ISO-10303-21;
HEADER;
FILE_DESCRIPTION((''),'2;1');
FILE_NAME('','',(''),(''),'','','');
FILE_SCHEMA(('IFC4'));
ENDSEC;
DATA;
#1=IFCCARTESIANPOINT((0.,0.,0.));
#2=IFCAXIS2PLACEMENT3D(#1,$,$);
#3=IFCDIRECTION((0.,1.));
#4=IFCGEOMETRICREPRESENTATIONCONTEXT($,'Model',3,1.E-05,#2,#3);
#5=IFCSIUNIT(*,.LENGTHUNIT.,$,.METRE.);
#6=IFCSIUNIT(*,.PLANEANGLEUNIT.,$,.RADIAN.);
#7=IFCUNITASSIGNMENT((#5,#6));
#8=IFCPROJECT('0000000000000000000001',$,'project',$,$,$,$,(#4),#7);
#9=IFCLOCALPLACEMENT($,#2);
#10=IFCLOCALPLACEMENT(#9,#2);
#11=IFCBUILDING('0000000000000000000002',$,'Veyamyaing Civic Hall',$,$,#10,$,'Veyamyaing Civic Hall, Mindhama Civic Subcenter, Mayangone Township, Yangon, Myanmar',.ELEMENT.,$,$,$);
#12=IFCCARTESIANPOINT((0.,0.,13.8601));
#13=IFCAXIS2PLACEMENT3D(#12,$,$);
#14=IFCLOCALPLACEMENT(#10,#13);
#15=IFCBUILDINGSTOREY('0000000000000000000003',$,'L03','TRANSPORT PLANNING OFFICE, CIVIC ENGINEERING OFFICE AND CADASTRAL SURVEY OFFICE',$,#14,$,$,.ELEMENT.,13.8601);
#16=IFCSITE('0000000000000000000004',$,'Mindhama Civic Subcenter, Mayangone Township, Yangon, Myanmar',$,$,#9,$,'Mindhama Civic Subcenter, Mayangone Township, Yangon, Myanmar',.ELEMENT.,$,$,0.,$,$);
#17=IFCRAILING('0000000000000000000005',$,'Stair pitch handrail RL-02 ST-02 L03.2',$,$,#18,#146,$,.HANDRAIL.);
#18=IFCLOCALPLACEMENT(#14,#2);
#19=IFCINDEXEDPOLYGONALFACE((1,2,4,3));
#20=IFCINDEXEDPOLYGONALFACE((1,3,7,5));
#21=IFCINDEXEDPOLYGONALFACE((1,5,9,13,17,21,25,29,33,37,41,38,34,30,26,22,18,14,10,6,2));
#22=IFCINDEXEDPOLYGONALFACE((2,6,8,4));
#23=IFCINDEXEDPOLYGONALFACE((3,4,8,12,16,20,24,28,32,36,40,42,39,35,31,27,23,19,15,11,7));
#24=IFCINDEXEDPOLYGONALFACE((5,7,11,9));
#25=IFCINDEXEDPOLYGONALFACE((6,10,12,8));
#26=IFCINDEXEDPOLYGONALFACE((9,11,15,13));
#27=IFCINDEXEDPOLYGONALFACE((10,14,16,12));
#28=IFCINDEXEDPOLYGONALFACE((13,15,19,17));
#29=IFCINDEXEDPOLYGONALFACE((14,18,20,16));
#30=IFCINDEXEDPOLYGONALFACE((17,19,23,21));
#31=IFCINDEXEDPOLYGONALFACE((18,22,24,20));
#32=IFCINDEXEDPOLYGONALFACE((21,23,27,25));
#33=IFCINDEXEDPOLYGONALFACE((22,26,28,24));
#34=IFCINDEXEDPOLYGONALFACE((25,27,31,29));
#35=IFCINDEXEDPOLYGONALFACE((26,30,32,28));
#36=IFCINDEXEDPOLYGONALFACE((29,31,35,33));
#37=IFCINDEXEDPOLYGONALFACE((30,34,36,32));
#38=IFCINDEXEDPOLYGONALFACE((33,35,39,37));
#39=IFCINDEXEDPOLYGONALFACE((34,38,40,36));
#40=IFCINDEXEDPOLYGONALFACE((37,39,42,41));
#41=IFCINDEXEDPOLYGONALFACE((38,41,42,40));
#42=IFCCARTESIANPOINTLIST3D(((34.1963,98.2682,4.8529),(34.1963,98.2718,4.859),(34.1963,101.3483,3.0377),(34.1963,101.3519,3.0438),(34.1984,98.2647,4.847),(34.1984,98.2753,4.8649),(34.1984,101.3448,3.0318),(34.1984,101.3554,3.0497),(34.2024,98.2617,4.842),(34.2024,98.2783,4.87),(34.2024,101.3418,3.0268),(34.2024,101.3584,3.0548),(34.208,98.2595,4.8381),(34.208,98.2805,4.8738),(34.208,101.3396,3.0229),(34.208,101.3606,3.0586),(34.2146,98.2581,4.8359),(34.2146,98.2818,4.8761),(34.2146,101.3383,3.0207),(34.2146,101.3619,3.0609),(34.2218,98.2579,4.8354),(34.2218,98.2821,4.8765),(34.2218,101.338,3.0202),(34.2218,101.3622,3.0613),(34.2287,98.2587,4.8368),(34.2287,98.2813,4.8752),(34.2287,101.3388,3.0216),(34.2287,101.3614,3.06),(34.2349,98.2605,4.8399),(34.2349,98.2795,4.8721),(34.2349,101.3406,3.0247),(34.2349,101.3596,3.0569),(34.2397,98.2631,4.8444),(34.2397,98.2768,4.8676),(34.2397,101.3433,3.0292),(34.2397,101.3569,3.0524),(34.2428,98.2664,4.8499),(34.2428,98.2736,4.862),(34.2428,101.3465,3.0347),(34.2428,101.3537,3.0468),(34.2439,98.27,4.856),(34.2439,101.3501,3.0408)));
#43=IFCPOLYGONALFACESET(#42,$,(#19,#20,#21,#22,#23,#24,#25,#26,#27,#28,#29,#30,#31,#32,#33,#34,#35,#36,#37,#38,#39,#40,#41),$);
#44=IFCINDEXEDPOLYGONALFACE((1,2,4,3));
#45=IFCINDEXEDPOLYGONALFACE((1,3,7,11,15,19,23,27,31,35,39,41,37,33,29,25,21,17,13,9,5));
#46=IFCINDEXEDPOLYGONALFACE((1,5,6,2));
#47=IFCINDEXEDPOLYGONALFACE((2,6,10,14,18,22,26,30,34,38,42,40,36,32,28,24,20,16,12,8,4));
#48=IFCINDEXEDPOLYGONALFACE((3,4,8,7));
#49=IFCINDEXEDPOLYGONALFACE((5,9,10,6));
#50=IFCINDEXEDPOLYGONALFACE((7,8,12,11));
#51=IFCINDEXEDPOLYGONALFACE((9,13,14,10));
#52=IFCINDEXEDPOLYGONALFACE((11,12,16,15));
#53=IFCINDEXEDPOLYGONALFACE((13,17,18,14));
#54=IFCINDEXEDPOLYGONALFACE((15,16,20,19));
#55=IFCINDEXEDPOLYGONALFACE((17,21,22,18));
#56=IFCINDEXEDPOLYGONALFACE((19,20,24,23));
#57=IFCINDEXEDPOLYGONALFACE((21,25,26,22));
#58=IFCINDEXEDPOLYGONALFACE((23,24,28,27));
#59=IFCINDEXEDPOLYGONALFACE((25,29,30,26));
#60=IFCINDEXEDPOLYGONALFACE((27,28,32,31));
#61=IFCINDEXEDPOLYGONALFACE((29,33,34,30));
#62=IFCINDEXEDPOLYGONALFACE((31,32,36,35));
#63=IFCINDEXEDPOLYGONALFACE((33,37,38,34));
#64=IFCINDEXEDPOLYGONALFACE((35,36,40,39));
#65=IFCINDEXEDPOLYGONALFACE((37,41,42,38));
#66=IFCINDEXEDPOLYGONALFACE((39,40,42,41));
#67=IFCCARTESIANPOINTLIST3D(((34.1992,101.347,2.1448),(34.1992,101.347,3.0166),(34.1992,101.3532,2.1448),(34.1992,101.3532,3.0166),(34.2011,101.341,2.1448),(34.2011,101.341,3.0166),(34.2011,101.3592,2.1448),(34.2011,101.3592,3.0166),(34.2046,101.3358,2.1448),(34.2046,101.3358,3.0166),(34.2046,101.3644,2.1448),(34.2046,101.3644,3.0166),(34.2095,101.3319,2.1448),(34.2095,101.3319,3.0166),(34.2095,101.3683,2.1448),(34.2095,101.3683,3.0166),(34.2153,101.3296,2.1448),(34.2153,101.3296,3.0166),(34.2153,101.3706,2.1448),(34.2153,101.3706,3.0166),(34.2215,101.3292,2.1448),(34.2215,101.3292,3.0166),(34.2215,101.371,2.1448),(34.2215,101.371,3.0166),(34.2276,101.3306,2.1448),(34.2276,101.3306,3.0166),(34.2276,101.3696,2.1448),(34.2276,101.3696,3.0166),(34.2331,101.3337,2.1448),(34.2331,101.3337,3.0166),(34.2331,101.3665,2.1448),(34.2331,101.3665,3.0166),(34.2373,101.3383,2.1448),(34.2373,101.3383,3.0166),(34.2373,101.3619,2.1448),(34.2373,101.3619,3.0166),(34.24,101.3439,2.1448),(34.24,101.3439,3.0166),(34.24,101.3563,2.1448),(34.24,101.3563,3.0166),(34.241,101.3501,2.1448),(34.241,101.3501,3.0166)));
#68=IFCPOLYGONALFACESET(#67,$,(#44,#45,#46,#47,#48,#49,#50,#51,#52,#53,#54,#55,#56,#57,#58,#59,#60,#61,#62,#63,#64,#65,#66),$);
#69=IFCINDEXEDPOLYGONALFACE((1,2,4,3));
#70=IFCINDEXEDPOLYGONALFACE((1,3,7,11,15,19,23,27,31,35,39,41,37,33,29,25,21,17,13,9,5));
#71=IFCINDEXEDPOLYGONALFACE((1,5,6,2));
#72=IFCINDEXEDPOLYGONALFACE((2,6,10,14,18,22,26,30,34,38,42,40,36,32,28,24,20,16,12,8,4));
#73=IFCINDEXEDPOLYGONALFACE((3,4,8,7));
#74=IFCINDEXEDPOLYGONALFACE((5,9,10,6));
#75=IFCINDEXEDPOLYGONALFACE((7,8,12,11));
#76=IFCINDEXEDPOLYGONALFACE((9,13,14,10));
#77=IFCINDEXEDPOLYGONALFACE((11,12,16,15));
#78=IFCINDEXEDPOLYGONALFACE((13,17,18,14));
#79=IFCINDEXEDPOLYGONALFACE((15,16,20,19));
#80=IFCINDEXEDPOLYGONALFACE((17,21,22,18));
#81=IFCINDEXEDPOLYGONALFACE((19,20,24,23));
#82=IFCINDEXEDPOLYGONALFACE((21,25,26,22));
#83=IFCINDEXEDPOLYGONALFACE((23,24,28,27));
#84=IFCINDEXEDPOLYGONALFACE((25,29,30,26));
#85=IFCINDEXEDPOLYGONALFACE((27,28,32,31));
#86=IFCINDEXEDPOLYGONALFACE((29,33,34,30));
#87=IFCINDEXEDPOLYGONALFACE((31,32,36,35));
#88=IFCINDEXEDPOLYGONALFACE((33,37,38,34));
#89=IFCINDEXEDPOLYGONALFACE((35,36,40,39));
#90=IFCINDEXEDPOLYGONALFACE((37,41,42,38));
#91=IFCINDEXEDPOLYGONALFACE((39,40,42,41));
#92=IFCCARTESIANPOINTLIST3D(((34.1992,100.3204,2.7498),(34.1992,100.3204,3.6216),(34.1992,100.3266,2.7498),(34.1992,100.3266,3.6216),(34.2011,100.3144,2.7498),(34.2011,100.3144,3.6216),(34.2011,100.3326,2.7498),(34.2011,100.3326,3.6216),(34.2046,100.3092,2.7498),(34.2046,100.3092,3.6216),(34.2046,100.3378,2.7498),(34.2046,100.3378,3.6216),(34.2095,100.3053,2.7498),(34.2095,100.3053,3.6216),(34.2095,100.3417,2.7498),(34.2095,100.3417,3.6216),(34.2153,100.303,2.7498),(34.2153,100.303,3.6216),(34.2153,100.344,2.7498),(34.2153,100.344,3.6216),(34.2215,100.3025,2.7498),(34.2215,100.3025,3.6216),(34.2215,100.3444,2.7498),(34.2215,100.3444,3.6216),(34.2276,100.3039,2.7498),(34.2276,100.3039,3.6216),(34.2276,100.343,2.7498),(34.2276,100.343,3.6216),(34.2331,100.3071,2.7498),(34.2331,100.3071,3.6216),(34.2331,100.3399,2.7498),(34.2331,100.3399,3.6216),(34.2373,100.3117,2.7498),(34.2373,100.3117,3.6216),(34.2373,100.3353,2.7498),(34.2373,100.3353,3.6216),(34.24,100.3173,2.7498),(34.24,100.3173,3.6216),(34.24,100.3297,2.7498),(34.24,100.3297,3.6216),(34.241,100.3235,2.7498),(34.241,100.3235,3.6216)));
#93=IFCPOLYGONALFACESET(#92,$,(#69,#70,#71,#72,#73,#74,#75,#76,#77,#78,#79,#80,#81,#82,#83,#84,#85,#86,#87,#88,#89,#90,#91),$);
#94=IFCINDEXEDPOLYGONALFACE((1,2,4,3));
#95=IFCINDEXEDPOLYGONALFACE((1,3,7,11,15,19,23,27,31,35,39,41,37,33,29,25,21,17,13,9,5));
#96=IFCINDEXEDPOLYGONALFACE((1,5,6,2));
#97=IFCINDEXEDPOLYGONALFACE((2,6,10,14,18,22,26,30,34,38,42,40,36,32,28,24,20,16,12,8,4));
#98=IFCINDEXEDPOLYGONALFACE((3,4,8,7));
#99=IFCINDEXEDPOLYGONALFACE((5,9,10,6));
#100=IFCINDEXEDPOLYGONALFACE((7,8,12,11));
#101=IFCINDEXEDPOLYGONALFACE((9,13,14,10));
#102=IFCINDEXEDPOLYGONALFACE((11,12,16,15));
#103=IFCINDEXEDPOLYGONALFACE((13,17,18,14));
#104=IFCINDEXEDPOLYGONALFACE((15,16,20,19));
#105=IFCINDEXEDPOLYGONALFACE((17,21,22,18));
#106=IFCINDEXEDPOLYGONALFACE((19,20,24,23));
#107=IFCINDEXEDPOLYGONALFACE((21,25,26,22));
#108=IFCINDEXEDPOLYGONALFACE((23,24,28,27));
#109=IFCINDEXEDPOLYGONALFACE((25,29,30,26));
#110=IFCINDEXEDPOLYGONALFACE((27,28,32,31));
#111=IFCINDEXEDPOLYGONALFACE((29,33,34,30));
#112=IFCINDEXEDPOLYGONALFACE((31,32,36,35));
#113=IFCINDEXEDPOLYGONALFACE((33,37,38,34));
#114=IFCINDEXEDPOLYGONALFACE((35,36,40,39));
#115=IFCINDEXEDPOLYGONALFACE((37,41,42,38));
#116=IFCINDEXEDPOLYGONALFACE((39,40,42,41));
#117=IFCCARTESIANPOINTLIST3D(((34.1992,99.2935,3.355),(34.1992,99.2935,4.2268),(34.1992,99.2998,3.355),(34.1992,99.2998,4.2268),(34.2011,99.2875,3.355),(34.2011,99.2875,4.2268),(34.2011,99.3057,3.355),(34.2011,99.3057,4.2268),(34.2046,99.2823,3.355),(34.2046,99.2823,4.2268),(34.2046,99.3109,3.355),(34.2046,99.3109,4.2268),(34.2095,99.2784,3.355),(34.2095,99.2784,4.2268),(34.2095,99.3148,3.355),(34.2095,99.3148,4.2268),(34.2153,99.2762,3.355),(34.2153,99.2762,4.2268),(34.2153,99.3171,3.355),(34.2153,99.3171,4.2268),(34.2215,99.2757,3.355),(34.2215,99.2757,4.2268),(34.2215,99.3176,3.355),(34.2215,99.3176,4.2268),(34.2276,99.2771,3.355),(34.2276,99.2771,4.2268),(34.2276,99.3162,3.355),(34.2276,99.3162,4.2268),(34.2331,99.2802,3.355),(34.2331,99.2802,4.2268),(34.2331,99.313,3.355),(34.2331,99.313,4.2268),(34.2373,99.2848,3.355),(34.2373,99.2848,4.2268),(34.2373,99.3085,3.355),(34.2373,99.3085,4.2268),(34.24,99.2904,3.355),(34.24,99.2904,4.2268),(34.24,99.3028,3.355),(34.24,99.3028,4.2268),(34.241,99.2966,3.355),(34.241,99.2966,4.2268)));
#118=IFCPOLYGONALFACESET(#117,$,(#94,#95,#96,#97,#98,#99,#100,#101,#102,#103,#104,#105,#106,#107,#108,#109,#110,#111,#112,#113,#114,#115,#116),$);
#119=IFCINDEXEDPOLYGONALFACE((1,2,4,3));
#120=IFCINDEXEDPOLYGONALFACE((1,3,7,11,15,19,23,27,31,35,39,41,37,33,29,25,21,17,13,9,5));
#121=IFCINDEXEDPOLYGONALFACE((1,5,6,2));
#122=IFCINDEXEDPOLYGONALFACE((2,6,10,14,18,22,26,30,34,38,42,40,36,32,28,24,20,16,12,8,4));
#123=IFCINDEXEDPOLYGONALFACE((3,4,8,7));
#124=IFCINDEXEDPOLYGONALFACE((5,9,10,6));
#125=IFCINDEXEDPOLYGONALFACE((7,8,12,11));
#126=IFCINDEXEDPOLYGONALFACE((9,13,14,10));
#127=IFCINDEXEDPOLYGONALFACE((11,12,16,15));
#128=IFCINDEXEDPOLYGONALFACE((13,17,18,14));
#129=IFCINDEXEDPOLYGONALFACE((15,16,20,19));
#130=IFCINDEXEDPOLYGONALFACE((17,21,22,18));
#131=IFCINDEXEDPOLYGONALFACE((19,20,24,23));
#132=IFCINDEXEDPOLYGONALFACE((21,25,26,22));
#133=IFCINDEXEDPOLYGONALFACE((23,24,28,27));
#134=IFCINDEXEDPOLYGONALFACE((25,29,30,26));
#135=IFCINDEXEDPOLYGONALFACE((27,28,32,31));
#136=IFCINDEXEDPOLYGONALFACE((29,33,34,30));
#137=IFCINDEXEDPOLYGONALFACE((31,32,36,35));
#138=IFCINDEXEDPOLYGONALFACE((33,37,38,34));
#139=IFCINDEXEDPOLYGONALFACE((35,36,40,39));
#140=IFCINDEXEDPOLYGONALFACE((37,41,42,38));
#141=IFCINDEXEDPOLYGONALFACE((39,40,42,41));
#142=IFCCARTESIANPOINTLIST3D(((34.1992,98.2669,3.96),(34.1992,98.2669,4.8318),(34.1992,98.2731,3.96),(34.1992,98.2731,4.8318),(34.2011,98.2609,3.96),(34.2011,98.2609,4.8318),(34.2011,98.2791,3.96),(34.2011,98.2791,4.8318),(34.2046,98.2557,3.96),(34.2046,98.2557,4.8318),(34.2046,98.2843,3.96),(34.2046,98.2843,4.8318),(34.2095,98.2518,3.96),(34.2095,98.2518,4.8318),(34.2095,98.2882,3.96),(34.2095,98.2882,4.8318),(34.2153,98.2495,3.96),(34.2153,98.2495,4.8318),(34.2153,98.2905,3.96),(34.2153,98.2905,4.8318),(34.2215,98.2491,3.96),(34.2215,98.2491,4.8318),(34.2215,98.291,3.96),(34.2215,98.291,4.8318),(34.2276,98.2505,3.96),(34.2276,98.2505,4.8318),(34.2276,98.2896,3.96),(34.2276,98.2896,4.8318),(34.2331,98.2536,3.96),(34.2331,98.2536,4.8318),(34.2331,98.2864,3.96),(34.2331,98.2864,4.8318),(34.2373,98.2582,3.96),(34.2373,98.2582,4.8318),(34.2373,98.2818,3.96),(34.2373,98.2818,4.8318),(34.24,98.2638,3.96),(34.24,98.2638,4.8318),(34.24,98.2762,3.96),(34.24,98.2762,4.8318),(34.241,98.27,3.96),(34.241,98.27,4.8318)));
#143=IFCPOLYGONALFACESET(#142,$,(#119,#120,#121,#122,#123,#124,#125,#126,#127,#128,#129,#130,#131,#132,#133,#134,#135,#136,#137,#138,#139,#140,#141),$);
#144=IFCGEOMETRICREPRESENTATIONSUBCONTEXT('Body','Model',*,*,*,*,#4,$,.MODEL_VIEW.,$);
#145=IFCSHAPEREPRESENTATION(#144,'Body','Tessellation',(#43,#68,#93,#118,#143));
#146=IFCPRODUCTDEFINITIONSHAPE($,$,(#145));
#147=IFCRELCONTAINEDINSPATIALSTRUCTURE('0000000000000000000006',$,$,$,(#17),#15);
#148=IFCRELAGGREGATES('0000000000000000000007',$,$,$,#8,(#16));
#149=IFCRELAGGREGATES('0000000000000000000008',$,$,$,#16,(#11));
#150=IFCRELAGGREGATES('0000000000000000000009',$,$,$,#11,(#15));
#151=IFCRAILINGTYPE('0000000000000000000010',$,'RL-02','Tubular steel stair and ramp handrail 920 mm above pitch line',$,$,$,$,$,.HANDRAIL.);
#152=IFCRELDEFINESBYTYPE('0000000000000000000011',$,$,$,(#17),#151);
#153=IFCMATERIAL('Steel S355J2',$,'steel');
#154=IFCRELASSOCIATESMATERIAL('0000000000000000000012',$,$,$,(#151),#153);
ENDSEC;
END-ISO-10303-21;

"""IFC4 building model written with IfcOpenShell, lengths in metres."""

from ifc_helpers import new_model, si_unit, direction, frame, origin, origin_2d, place, context, subcontext, project, spatial, circle, extrude, material, type_object, element, save


model = new_model("IFC4")

# Units and contexts
model_context = context("Model", 3, precision=1e-05, world=origin(), true_north=direction((0.0, 1.0)))
body_context = subcontext(model_context, "Body", "Model", "MODEL_VIEW")
ifc_project = project(units=[si_unit("LENGTHUNIT", "METRE"), si_unit("PLANEANGLEUNIT", "RADIAN")], contexts=[model_context])

# Site, building, storey
site_placement = place(None, origin())
site = spatial("IfcSite", under=ifc_project, at=site_placement, Name="Mindhama Civic Subcenter, Mayangone Township, Yangon, Myanmar", LongName="Mindhama Civic Subcenter, Mayangone Township, Yangon, Myanmar", CompositionType="ELEMENT", RefElevation=0.0)
building_placement = place(site_placement, origin())
building = spatial("IfcBuilding", under=site, at=building_placement, Name="Veyamyaing Civic Hall", LongName="Veyamyaing Civic Hall, Mindhama Civic Subcenter, Mayangone Township, Yangon, Myanmar", CompositionType="ELEMENT")
storey_placement = place(building_placement, frame((0.0, 0.0, 13.8601)))
storey = spatial("IfcBuildingStorey", under=building, at=storey_placement, Name="L03", Description="TRANSPORT PLANNING OFFICE, CIVIC ENGINEERING OFFICE AND CADASTRAL SURVEY OFFICE", CompositionType="ELEMENT", Elevation=13.8601)

# Railing
ifc_material_1 = material(Name="Steel S355J2", Category="steel")
railing_type_1 = type_object("IfcRailingType", Name="RL-02", Description="Tubular steel stair and ramp handrail 920 mm above pitch line", PredefinedType="HANDRAIL", material=ifc_material_1)
railing_1_placement = place(storey_placement, frame((34.22, 101.3501, 2.1448)))
element("IfcRailing", 1, at=railing_1_placement, inside=storey, type_object=railing_type_1, Name="Stair pitch handrail RL-02 ST-02 L03.2", PredefinedType="HANDRAIL", context=body_context, shape_type="SweptSolid", body=[
    extrude(circle(Radius=0.0239, at=origin_2d()), frame((0.0, 0.0, 0.896), z_axis=(0.0, -0.861521, 0.507721), x_axis=(1.0, 0.0, 0.0)), (0.0, 0.0, 1.0), 3.5752),
    extrude(circle(Radius=0.021, at=origin_2d()), origin(), (0.0, 0.0, 1.0), 0.8718),
    extrude(circle(Radius=0.021, at=origin_2d()), frame((0.0, -1.0266, 0.605)), (0.0, 0.0, 1.0), 0.8718),
    extrude(circle(Radius=0.021, at=origin_2d()), frame((0.0, -2.0535, 1.2102)), (0.0, 0.0, 1.0), 0.8718),
    extrude(circle(Radius=0.021, at=origin_2d()), frame((0.0, -3.0801, 1.8152)), (0.0, 0.0, 1.0), 0.8718),
])

save(model, "model.ifc")
